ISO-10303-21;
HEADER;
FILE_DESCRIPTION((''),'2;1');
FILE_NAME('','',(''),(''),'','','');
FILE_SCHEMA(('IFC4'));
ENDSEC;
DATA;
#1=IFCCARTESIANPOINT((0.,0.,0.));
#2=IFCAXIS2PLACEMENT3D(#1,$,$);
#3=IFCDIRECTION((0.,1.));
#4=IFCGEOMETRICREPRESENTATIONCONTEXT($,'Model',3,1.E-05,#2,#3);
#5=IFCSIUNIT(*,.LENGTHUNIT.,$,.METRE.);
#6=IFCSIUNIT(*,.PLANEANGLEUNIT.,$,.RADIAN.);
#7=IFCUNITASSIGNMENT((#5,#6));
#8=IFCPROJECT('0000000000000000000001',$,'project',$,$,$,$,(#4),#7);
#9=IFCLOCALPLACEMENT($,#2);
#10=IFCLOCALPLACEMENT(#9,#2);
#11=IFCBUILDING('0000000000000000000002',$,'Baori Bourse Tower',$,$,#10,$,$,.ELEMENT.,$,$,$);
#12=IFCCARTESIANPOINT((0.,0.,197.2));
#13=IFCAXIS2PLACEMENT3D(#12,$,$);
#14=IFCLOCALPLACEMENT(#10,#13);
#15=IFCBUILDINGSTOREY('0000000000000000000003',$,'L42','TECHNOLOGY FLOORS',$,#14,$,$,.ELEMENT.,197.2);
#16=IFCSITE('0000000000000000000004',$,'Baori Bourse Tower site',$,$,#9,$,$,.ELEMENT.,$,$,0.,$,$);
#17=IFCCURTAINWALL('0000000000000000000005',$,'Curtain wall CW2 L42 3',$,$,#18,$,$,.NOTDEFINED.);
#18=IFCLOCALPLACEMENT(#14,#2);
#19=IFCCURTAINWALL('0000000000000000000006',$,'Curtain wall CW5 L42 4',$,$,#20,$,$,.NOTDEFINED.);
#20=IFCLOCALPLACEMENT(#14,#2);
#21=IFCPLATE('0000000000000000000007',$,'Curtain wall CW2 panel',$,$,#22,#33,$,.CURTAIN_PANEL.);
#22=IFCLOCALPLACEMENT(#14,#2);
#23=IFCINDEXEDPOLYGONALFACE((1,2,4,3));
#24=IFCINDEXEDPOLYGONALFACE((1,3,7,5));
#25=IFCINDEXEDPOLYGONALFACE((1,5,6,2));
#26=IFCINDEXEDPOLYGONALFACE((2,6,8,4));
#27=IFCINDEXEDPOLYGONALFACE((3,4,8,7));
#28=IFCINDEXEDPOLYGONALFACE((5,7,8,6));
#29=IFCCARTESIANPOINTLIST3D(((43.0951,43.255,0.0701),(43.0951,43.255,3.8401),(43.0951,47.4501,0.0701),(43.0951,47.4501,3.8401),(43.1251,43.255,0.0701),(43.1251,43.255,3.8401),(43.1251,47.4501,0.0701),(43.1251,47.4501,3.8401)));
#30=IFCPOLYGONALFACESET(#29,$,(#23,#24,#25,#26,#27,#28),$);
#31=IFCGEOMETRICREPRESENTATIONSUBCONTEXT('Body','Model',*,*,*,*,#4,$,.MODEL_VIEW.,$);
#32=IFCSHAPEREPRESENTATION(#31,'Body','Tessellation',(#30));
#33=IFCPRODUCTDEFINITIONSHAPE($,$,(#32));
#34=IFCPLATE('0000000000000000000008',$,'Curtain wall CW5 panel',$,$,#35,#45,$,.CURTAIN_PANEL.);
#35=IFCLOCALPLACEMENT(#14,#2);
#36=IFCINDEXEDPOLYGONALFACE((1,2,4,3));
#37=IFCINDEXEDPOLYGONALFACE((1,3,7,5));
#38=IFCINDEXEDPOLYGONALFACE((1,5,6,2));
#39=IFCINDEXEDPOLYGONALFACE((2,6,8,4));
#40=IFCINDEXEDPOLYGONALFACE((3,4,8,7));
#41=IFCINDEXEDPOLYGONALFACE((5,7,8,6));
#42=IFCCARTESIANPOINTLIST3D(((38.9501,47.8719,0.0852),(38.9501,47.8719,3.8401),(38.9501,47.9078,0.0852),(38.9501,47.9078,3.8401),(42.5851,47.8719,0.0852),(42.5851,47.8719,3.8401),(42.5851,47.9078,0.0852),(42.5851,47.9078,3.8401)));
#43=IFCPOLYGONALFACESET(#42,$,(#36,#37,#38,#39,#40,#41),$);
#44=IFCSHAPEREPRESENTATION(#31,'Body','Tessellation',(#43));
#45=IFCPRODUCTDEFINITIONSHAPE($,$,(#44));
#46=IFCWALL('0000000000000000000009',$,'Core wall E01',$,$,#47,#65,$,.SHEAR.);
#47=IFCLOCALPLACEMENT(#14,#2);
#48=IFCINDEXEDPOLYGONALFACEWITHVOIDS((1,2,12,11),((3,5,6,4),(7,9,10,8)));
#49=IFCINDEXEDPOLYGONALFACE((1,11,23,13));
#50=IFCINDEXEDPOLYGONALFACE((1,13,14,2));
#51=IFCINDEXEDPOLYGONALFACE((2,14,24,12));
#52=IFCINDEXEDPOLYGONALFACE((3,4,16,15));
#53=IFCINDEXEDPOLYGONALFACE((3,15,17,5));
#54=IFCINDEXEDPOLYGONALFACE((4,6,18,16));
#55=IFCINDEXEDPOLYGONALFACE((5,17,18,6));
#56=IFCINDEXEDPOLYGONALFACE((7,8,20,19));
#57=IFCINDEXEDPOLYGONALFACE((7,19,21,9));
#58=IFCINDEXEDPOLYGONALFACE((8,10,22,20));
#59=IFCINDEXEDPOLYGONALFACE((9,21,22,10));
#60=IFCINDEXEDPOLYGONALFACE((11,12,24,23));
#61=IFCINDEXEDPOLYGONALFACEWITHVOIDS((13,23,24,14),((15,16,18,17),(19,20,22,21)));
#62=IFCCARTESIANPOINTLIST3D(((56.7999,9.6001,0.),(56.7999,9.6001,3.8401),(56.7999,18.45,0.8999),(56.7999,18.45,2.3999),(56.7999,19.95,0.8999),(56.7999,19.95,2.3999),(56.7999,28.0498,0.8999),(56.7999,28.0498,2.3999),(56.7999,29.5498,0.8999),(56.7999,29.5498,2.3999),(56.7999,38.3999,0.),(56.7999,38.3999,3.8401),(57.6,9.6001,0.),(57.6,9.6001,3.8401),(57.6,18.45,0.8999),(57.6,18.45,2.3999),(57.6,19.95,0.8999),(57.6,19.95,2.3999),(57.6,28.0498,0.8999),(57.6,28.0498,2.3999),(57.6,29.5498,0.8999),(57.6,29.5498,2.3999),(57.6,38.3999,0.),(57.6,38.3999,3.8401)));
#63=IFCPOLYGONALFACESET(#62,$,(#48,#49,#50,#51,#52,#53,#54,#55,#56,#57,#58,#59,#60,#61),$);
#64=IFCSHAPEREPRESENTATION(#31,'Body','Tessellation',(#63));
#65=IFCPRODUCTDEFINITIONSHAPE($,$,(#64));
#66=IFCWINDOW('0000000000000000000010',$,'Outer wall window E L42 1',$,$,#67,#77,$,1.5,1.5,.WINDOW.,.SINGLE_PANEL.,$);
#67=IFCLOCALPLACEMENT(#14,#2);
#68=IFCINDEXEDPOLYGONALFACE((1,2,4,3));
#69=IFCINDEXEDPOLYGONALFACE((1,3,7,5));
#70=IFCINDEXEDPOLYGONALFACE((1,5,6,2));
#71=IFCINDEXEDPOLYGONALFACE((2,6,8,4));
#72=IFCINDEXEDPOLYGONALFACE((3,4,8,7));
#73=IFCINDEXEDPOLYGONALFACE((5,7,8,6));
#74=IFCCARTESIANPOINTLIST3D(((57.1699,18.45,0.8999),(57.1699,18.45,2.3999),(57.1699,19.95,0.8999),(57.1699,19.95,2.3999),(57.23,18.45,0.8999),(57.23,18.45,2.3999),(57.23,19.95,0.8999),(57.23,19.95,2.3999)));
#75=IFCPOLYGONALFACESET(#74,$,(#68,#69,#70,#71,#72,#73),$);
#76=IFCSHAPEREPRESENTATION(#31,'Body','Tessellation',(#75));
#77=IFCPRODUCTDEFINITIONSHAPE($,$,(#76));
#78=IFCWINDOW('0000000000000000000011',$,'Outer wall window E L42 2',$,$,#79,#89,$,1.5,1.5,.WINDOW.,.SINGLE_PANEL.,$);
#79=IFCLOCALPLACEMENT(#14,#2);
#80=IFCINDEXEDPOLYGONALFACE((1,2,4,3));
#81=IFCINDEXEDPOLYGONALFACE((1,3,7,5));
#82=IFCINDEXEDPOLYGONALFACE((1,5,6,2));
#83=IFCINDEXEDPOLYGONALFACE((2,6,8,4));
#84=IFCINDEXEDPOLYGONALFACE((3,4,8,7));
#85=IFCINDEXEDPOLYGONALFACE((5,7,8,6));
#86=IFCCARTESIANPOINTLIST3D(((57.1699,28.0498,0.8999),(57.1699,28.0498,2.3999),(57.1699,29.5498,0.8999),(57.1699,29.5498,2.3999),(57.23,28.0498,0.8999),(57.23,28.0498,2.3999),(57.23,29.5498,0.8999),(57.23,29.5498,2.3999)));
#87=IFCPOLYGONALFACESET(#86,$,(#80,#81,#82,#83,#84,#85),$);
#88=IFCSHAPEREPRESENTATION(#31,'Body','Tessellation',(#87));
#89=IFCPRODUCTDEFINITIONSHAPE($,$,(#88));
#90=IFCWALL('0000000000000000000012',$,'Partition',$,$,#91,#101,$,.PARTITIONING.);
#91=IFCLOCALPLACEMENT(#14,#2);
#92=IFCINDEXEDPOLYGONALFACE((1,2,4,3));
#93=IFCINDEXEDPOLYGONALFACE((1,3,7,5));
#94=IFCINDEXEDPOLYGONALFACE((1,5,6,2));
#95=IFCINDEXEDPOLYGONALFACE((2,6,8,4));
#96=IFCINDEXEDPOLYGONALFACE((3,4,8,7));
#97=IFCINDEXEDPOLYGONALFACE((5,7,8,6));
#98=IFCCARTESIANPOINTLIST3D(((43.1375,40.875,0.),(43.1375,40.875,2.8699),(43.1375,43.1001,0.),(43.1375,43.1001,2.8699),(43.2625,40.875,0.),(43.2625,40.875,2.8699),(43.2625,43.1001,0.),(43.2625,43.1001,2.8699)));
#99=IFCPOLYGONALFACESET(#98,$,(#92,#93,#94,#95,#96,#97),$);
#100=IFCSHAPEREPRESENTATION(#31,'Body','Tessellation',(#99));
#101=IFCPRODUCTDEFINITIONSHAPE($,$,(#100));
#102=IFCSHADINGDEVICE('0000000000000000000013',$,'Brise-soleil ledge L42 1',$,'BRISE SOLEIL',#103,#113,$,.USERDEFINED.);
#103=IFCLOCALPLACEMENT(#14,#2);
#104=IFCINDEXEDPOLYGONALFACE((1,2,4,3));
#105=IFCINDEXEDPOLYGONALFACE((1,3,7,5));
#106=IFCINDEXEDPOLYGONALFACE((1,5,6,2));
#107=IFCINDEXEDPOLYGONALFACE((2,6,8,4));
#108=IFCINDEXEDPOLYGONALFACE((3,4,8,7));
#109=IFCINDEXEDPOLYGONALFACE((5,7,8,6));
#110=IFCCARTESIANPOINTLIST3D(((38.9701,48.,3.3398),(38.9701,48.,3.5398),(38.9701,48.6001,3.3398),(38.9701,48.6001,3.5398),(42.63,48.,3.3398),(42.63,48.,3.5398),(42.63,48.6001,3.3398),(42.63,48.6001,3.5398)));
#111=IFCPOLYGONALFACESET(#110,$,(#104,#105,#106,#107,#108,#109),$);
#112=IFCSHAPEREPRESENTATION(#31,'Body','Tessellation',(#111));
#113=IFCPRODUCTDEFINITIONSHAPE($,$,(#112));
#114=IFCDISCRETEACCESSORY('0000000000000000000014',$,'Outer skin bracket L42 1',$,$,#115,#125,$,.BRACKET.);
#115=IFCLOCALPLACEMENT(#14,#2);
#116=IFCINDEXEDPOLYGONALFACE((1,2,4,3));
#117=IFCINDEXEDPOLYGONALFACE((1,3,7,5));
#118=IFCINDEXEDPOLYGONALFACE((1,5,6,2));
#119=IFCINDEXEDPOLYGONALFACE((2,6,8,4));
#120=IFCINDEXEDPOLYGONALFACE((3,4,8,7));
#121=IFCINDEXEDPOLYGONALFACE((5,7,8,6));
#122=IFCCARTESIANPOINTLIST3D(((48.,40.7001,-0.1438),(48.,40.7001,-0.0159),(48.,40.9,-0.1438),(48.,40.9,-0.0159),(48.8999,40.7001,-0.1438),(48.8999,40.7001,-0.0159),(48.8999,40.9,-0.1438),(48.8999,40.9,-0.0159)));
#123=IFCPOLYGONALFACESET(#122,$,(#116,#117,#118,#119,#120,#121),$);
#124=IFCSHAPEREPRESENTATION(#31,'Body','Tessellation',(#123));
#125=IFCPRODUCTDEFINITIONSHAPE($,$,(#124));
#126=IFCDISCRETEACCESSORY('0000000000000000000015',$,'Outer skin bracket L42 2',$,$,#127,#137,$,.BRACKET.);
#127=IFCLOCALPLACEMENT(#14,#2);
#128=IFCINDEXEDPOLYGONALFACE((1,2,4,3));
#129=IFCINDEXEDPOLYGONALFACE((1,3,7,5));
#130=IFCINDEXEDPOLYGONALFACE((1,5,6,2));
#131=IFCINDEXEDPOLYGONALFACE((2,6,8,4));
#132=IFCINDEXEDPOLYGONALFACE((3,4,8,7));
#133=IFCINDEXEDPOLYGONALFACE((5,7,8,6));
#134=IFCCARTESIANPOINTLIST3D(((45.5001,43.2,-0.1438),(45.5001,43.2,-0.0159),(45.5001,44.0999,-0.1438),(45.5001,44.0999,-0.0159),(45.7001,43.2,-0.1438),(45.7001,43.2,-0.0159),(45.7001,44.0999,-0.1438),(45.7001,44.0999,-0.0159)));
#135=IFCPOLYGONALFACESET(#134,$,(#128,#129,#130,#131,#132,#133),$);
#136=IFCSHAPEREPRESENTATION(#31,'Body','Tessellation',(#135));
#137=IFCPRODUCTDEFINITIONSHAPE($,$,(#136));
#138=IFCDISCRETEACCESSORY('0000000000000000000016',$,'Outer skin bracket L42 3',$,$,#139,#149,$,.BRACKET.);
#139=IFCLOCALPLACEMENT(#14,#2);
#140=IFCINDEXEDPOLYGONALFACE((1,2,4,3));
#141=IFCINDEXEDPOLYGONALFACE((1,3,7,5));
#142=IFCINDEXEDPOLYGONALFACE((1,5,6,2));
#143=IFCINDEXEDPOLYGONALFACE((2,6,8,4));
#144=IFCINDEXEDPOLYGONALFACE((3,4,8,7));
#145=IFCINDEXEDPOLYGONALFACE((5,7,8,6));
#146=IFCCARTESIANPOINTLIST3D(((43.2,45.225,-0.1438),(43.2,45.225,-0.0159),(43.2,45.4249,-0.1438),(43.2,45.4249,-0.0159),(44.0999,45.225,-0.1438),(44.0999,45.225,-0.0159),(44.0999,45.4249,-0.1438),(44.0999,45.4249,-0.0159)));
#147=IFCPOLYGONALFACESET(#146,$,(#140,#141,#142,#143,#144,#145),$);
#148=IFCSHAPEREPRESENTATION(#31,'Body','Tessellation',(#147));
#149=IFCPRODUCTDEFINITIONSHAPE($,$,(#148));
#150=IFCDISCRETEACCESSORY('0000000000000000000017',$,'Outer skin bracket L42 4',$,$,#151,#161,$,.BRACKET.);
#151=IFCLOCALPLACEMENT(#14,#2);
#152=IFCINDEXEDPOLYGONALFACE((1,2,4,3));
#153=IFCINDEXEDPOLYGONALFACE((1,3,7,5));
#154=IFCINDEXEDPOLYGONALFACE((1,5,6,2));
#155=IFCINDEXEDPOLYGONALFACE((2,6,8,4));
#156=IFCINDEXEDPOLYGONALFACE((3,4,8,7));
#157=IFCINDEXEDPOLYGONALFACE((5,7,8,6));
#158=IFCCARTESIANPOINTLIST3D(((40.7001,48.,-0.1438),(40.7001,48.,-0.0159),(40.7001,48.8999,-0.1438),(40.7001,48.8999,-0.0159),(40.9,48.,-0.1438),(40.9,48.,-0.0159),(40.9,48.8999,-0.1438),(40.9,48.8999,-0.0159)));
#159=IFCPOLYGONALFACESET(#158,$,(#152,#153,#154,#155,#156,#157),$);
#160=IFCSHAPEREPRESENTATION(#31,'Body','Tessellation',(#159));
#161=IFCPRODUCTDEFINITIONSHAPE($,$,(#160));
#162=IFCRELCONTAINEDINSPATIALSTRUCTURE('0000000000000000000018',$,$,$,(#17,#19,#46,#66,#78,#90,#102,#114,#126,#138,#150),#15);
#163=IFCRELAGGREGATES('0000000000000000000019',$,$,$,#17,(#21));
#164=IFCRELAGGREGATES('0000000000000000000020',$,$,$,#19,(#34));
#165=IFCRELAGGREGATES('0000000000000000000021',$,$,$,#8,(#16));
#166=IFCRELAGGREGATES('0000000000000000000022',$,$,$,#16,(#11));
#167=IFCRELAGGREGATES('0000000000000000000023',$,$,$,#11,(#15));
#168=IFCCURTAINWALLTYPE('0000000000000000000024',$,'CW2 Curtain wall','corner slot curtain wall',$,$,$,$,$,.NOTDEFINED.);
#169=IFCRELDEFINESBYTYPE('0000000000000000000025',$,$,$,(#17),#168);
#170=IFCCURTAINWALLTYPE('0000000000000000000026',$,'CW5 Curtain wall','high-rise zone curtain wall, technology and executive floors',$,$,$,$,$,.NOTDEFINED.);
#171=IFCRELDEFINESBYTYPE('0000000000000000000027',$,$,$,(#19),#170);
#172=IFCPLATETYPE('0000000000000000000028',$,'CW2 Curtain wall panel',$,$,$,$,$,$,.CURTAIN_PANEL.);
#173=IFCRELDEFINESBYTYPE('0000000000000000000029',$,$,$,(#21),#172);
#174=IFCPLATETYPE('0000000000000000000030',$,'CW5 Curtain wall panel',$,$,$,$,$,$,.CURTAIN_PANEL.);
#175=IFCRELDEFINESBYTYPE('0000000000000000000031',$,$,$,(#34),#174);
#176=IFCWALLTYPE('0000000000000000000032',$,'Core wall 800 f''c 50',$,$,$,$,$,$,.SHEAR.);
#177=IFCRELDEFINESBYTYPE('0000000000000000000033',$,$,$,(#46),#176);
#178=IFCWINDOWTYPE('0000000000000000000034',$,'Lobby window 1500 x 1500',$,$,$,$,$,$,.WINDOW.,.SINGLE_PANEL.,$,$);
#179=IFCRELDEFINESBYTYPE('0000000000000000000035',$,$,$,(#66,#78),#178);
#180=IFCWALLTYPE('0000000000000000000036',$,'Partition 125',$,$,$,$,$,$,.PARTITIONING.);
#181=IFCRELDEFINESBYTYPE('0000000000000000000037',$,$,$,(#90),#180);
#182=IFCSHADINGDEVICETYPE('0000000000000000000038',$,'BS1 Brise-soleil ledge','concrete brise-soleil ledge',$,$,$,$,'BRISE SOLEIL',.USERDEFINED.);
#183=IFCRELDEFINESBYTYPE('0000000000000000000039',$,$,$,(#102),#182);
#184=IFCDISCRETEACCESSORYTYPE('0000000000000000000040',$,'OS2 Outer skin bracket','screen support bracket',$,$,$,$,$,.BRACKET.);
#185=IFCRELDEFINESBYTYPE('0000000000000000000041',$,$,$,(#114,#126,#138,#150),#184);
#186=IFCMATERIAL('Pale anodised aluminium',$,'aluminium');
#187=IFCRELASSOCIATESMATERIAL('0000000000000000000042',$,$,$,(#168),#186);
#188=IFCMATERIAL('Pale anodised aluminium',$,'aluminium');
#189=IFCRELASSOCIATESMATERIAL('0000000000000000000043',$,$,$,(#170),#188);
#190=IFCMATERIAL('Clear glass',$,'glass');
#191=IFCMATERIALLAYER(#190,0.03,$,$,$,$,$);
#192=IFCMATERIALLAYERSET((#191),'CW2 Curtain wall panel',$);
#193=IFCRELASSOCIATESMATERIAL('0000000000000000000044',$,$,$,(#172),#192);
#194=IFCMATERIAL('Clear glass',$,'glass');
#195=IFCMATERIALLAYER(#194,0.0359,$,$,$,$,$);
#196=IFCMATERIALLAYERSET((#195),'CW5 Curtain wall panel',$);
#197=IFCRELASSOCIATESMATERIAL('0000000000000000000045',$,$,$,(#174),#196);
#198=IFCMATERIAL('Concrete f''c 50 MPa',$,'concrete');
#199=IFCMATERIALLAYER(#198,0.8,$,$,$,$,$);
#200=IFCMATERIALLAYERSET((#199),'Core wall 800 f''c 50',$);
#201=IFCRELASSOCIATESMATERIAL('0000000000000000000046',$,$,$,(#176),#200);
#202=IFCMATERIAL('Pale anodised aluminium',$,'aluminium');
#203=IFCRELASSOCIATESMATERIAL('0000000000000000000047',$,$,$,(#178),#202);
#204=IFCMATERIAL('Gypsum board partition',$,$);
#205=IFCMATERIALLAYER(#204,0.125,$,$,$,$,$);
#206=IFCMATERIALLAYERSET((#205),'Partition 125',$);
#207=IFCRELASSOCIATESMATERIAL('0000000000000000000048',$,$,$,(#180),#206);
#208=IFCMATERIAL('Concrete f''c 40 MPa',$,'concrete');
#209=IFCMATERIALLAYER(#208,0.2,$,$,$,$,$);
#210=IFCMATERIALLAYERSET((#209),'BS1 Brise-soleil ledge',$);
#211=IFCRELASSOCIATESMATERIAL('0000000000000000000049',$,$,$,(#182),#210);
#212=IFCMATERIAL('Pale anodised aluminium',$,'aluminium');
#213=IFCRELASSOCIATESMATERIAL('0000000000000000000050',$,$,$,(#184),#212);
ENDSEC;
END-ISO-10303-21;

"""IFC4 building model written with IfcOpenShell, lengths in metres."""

from ifc_helpers import new_model, si_unit, direction, frame, frame_2d, origin, origin_2d, place, context, subcontext, project, spatial, rectangle, extrude, material, layer, layer_set, type_object, element, fill, aggregate, save


model = new_model("IFC4")

# Units and contexts
model_context = context("Model", 3, precision=1e-05, world=origin(), true_north=direction((0.0, 1.0)))
body_context = subcontext(model_context, "Body", "Model", "MODEL_VIEW")
ifc_project = project(units=[si_unit("LENGTHUNIT", "METRE"), si_unit("PLANEANGLEUNIT", "RADIAN")], contexts=[model_context])

# Site, building, storey
site_placement = place(None, origin())
site = spatial("IfcSite", under=ifc_project, at=site_placement, Name="Baori Bourse Tower site", CompositionType="ELEMENT", RefElevation=0.0)
building_placement = place(site_placement, origin())
building = spatial("IfcBuilding", under=site, at=building_placement, Name="Baori Bourse Tower", CompositionType="ELEMENT")
storey_placement = place(building_placement, frame((0.0, 0.0, 197.2)))
storey = spatial("IfcBuildingStorey", under=building, at=storey_placement, Name="L42", Description="TECHNOLOGY FLOORS", CompositionType="ELEMENT", Elevation=197.2)

# Curtain wall
ifc_material_1 = material(Name="Pale anodised aluminium", Category="aluminium")
curtain_wall_type_1 = type_object("IfcCurtainWallType", Name="CW2 Curtain wall", Description="corner slot curtain wall", PredefinedType="NOTDEFINED", material=ifc_material_1)
curtain_wall_1_placement = place(storey_placement, origin())
curtain_wall_1 = element("IfcCurtainWall", 1, at=curtain_wall_1_placement, inside=storey, type_object=curtain_wall_type_1, Name="Curtain wall CW2 L42 3", PredefinedType="NOTDEFINED")

# Curtain wall
ifc_material_2 = material(Name="Pale anodised aluminium", Category="aluminium")
curtain_wall_type_2 = type_object("IfcCurtainWallType", Name="CW5 Curtain wall", Description="high-rise zone curtain wall, technology and executive floors", PredefinedType="NOTDEFINED", material=ifc_material_2)
curtain_wall_2_placement = place(storey_placement, origin())
curtain_wall_2 = element("IfcCurtainWall", 2, at=curtain_wall_2_placement, inside=storey, type_object=curtain_wall_type_2, Name="Curtain wall CW5 L42 4", PredefinedType="NOTDEFINED")

# Shared definitions
ifc_material_3 = material(Name="Clear glass", Category="glass")
ifc_layer_1 = layer(ifc_material_3, 0.03)
ifc_layer_set_1 = layer_set([ifc_layer_1], Name="CW2 Curtain wall panel")
plate_type_1 = type_object("IfcPlateType", Name="CW2 Curtain wall panel", PredefinedType="CURTAIN_PANEL", material=ifc_layer_set_1)

# Plates
plate_1_placement = place(storey_placement, frame((43.1101, 45.3525, 0.0701), z_axis=(0.0, 0.0, 1.0), x_axis=(0.0, 1.0, 0.0)))
plate_1 = element("IfcPlate", 3, at=plate_1_placement, type_object=plate_type_1, Name="Curtain wall CW2 panel", PredefinedType="CURTAIN_PANEL", context=body_context, shape_type="SweptSolid", body=[
    extrude(rectangle(XDim=4.1951, YDim=0.03, at=origin_2d()), origin(), (0.0, 0.0, 1.0), 3.77),
])
aggregate(curtain_wall_1, [plate_1])
ifc_material_4 = material(Name="Clear glass", Category="glass")
ifc_layer_2 = layer(ifc_material_4, 0.0359)
ifc_layer_set_2 = layer_set([ifc_layer_2], Name="CW5 Curtain wall panel")
plate_type_2 = type_object("IfcPlateType", Name="CW5 Curtain wall panel", PredefinedType="CURTAIN_PANEL", material=ifc_layer_set_2)
plate_2_placement = place(storey_placement, frame((40.7676, 47.8899, 0.0852), z_axis=(0.0, 0.0, 1.0), x_axis=(-1.0, 0.0, 0.0)))
plate_2 = element("IfcPlate", 4, at=plate_2_placement, type_object=plate_type_2, Name="Curtain wall CW5 panel", PredefinedType="CURTAIN_PANEL", context=body_context, shape_type="SweptSolid", body=[
    extrude(rectangle(XDim=3.635, YDim=0.0359, at=origin_2d()), origin(), (0.0, 0.0, 1.0), 3.7549),
])
aggregate(curtain_wall_2, [plate_2])

# Wall, openings, windows
ifc_material_5 = material(Name="Concrete f'c 50 MPa", Category="concrete")
ifc_layer_3 = layer(ifc_material_5, 0.8)
ifc_layer_set_3 = layer_set([ifc_layer_3], Name="Core wall 800 f'c 50")
wall_type_1 = type_object("IfcWallType", Name="Core wall 800 f'c 50", PredefinedType="SHEAR", material=ifc_layer_set_3)
wall_1_placement = place(storey_placement, frame((57.2, 38.3999, 0.0), z_axis=(0.0, 0.0, 1.0), x_axis=(0.0, -1.0, 0.0)))
wall_1 = element("IfcWall", 5, at=wall_1_placement, inside=storey, type_object=wall_type_1, Name="Core wall E01", PredefinedType="SHEAR", context=body_context, shape_type="SweptSolid", body=[
    extrude(rectangle(XDim=28.7998, YDim=0.8, at=frame_2d((14.3999, 0.0))), origin(), (0.0, 0.0, 1.0), 3.8401),
])
opening_1_placement = place(wall_1_placement, frame((18.45, 0.0, 0.8999)))
opening_1 = element("IfcOpeningElement", 6, at=opening_1_placement, cuts=wall_1, PredefinedType="OPENING", context=body_context, shape_type="SweptSolid", body=[
    extrude(rectangle(XDim=1.5, YDim=1.5, at=frame_2d((0.75, 0.75))), frame((0.0, 0.4099, 0.0), z_axis=(0.0, -1.0, 0.0), x_axis=(1.0, 0.0, 0.0)), (0.0, 0.0, 1.0), 0.8201),
])
opening_2_placement = place(wall_1_placement, frame((8.8501, 0.0, 0.8999)))
opening_2 = element("IfcOpeningElement", 7, at=opening_2_placement, cuts=wall_1, PredefinedType="OPENING", context=body_context, shape_type="SweptSolid", body=[
    extrude(rectangle(XDim=1.5, YDim=1.5, at=frame_2d((0.75, 0.75))), frame((0.0, 0.4099, 0.0), z_axis=(0.0, -1.0, 0.0), x_axis=(1.0, 0.0, 0.0)), (0.0, 0.0, 1.0), 0.8201),
])
ifc_material_6 = material(Name="Pale anodised aluminium", Category="aluminium")
window_type = type_object("IfcWindowType", Name="Lobby window 1500 x 1500", PartitioningType="SINGLE_PANEL", PredefinedType="WINDOW", material=ifc_material_6)
window_1_placement = place(opening_1_placement, origin())
window_1 = element("IfcWindow", 8, at=window_1_placement, inside=storey, type_object=window_type, Name="Outer wall window E L42 1", OverallHeight=1.5, OverallWidth=1.5, PartitioningType="SINGLE_PANEL", PredefinedType="WINDOW", context=body_context, shape_type="SweptSolid", body=[
    extrude(rectangle(XDim=1.5, YDim=1.5, at=frame_2d((0.75, 0.75))), frame((0.0, 0.03, 0.0), z_axis=(0.0, -1.0, 0.0), x_axis=(1.0, 0.0, 0.0)), (0.0, 0.0, 1.0), 0.0601),
])
fill(opening_1, window_1)
window_2_placement = place(opening_2_placement, origin())
window_2 = element("IfcWindow", 9, at=window_2_placement, inside=storey, type_object=window_type, Name="Outer wall window E L42 2", OverallHeight=1.5, OverallWidth=1.5, PartitioningType="SINGLE_PANEL", PredefinedType="WINDOW", context=body_context, shape_type="SweptSolid", body=[
    extrude(rectangle(XDim=1.5, YDim=1.5, at=frame_2d((0.75, 0.75))), frame((0.0, 0.03, 0.0), z_axis=(0.0, -1.0, 0.0), x_axis=(1.0, 0.0, 0.0)), (0.0, 0.0, 1.0), 0.0601),
])
fill(opening_2, window_2)

# Wall
ifc_material_7 = material(Name="Gypsum board partition")
ifc_layer_4 = layer(ifc_material_7, 0.125)
ifc_layer_set_4 = layer_set([ifc_layer_4], Name="Partition 125")
wall_type_2 = type_object("IfcWallType", Name="Partition 125", PredefinedType="PARTITIONING", material=ifc_layer_set_4)
wall_2_placement = place(storey_placement, frame((43.2, 40.875, 0.0), z_axis=(0.0, 0.0, 1.0), x_axis=(0.0, 1.0, 0.0)))
element("IfcWall", 10, at=wall_2_placement, inside=storey, type_object=wall_type_2, Name="Partition", PredefinedType="PARTITIONING", context=body_context, shape_type="SweptSolid", body=[
    extrude(rectangle(XDim=2.2251, YDim=0.125, at=frame_2d((1.1125, 0.0))), origin(), (0.0, 0.0, 1.0), 2.8699),
])

# Shading device
ifc_material_8 = material(Name="Concrete f'c 40 MPa", Category="concrete")
ifc_layer_5 = layer(ifc_material_8, 0.2)
ifc_layer_set_5 = layer_set([ifc_layer_5], Name="BS1 Brise-soleil ledge")
shading_device_type = type_object("IfcShadingDeviceType", Name="BS1 Brise-soleil ledge", Description="concrete brise-soleil ledge", ElementType="BRISE SOLEIL", PredefinedType="USERDEFINED", material=ifc_layer_set_5)
shading_device_placement = place(storey_placement, frame((40.8, 48.3, 3.3398), z_axis=(0.0, 0.0, 1.0), x_axis=(-1.0, 0.0, 0.0)))
element("IfcShadingDevice", 11, at=shading_device_placement, inside=storey, type_object=shading_device_type, Name="Brise-soleil ledge L42 1", ObjectType="BRISE SOLEIL", PredefinedType="USERDEFINED", context=body_context, shape_type="SweptSolid", body=[
    extrude(rectangle(XDim=3.6599, YDim=0.6001, at=origin_2d()), origin(), (0.0, 0.0, 1.0), 0.2),
])

# Discrete accessories
ifc_material_9 = material(Name="Pale anodised aluminium", Category="aluminium")
discrete_accessory_type = type_object("IfcDiscreteAccessoryType", Name="OS2 Outer skin bracket", Description="screen support bracket", PredefinedType="BRACKET", material=ifc_material_9)
for number, where, z_axis, x_axis, name in (
    (12, (48.45, 40.8, -0.1438), (0.0, 0.0, 1.0), (0.0, 1.0, 0.0), "Outer skin bracket L42 1"),
    (13, (45.6001, 43.6499, -0.1438), (0.0, 0.0, 1.0), (-1.0, 0.0, 0.0), "Outer skin bracket L42 2"),
    (14, (43.6499, 45.325, -0.1438), (0.0, 0.0, 1.0), (0.0, 1.0, 0.0), "Outer skin bracket L42 3"),
    (15, (40.8, 48.45, -0.1438), (0.0, 0.0, 1.0), (-1.0, 0.0, 0.0), "Outer skin bracket L42 4"),
):
    element("IfcDiscreteAccessory", number, at=place(storey_placement, frame(where, z_axis=z_axis, x_axis=x_axis)), inside=storey, type_object=discrete_accessory_type, Name=name, PredefinedType="BRACKET", context=body_context, shape_type="SweptSolid", body=[
        extrude(rectangle(XDim=0.2, YDim=0.8999, at=origin_2d()), origin(), (0.0, 0.0, 1.0), 0.1279),
    ])

save(model, "model.ifc")
